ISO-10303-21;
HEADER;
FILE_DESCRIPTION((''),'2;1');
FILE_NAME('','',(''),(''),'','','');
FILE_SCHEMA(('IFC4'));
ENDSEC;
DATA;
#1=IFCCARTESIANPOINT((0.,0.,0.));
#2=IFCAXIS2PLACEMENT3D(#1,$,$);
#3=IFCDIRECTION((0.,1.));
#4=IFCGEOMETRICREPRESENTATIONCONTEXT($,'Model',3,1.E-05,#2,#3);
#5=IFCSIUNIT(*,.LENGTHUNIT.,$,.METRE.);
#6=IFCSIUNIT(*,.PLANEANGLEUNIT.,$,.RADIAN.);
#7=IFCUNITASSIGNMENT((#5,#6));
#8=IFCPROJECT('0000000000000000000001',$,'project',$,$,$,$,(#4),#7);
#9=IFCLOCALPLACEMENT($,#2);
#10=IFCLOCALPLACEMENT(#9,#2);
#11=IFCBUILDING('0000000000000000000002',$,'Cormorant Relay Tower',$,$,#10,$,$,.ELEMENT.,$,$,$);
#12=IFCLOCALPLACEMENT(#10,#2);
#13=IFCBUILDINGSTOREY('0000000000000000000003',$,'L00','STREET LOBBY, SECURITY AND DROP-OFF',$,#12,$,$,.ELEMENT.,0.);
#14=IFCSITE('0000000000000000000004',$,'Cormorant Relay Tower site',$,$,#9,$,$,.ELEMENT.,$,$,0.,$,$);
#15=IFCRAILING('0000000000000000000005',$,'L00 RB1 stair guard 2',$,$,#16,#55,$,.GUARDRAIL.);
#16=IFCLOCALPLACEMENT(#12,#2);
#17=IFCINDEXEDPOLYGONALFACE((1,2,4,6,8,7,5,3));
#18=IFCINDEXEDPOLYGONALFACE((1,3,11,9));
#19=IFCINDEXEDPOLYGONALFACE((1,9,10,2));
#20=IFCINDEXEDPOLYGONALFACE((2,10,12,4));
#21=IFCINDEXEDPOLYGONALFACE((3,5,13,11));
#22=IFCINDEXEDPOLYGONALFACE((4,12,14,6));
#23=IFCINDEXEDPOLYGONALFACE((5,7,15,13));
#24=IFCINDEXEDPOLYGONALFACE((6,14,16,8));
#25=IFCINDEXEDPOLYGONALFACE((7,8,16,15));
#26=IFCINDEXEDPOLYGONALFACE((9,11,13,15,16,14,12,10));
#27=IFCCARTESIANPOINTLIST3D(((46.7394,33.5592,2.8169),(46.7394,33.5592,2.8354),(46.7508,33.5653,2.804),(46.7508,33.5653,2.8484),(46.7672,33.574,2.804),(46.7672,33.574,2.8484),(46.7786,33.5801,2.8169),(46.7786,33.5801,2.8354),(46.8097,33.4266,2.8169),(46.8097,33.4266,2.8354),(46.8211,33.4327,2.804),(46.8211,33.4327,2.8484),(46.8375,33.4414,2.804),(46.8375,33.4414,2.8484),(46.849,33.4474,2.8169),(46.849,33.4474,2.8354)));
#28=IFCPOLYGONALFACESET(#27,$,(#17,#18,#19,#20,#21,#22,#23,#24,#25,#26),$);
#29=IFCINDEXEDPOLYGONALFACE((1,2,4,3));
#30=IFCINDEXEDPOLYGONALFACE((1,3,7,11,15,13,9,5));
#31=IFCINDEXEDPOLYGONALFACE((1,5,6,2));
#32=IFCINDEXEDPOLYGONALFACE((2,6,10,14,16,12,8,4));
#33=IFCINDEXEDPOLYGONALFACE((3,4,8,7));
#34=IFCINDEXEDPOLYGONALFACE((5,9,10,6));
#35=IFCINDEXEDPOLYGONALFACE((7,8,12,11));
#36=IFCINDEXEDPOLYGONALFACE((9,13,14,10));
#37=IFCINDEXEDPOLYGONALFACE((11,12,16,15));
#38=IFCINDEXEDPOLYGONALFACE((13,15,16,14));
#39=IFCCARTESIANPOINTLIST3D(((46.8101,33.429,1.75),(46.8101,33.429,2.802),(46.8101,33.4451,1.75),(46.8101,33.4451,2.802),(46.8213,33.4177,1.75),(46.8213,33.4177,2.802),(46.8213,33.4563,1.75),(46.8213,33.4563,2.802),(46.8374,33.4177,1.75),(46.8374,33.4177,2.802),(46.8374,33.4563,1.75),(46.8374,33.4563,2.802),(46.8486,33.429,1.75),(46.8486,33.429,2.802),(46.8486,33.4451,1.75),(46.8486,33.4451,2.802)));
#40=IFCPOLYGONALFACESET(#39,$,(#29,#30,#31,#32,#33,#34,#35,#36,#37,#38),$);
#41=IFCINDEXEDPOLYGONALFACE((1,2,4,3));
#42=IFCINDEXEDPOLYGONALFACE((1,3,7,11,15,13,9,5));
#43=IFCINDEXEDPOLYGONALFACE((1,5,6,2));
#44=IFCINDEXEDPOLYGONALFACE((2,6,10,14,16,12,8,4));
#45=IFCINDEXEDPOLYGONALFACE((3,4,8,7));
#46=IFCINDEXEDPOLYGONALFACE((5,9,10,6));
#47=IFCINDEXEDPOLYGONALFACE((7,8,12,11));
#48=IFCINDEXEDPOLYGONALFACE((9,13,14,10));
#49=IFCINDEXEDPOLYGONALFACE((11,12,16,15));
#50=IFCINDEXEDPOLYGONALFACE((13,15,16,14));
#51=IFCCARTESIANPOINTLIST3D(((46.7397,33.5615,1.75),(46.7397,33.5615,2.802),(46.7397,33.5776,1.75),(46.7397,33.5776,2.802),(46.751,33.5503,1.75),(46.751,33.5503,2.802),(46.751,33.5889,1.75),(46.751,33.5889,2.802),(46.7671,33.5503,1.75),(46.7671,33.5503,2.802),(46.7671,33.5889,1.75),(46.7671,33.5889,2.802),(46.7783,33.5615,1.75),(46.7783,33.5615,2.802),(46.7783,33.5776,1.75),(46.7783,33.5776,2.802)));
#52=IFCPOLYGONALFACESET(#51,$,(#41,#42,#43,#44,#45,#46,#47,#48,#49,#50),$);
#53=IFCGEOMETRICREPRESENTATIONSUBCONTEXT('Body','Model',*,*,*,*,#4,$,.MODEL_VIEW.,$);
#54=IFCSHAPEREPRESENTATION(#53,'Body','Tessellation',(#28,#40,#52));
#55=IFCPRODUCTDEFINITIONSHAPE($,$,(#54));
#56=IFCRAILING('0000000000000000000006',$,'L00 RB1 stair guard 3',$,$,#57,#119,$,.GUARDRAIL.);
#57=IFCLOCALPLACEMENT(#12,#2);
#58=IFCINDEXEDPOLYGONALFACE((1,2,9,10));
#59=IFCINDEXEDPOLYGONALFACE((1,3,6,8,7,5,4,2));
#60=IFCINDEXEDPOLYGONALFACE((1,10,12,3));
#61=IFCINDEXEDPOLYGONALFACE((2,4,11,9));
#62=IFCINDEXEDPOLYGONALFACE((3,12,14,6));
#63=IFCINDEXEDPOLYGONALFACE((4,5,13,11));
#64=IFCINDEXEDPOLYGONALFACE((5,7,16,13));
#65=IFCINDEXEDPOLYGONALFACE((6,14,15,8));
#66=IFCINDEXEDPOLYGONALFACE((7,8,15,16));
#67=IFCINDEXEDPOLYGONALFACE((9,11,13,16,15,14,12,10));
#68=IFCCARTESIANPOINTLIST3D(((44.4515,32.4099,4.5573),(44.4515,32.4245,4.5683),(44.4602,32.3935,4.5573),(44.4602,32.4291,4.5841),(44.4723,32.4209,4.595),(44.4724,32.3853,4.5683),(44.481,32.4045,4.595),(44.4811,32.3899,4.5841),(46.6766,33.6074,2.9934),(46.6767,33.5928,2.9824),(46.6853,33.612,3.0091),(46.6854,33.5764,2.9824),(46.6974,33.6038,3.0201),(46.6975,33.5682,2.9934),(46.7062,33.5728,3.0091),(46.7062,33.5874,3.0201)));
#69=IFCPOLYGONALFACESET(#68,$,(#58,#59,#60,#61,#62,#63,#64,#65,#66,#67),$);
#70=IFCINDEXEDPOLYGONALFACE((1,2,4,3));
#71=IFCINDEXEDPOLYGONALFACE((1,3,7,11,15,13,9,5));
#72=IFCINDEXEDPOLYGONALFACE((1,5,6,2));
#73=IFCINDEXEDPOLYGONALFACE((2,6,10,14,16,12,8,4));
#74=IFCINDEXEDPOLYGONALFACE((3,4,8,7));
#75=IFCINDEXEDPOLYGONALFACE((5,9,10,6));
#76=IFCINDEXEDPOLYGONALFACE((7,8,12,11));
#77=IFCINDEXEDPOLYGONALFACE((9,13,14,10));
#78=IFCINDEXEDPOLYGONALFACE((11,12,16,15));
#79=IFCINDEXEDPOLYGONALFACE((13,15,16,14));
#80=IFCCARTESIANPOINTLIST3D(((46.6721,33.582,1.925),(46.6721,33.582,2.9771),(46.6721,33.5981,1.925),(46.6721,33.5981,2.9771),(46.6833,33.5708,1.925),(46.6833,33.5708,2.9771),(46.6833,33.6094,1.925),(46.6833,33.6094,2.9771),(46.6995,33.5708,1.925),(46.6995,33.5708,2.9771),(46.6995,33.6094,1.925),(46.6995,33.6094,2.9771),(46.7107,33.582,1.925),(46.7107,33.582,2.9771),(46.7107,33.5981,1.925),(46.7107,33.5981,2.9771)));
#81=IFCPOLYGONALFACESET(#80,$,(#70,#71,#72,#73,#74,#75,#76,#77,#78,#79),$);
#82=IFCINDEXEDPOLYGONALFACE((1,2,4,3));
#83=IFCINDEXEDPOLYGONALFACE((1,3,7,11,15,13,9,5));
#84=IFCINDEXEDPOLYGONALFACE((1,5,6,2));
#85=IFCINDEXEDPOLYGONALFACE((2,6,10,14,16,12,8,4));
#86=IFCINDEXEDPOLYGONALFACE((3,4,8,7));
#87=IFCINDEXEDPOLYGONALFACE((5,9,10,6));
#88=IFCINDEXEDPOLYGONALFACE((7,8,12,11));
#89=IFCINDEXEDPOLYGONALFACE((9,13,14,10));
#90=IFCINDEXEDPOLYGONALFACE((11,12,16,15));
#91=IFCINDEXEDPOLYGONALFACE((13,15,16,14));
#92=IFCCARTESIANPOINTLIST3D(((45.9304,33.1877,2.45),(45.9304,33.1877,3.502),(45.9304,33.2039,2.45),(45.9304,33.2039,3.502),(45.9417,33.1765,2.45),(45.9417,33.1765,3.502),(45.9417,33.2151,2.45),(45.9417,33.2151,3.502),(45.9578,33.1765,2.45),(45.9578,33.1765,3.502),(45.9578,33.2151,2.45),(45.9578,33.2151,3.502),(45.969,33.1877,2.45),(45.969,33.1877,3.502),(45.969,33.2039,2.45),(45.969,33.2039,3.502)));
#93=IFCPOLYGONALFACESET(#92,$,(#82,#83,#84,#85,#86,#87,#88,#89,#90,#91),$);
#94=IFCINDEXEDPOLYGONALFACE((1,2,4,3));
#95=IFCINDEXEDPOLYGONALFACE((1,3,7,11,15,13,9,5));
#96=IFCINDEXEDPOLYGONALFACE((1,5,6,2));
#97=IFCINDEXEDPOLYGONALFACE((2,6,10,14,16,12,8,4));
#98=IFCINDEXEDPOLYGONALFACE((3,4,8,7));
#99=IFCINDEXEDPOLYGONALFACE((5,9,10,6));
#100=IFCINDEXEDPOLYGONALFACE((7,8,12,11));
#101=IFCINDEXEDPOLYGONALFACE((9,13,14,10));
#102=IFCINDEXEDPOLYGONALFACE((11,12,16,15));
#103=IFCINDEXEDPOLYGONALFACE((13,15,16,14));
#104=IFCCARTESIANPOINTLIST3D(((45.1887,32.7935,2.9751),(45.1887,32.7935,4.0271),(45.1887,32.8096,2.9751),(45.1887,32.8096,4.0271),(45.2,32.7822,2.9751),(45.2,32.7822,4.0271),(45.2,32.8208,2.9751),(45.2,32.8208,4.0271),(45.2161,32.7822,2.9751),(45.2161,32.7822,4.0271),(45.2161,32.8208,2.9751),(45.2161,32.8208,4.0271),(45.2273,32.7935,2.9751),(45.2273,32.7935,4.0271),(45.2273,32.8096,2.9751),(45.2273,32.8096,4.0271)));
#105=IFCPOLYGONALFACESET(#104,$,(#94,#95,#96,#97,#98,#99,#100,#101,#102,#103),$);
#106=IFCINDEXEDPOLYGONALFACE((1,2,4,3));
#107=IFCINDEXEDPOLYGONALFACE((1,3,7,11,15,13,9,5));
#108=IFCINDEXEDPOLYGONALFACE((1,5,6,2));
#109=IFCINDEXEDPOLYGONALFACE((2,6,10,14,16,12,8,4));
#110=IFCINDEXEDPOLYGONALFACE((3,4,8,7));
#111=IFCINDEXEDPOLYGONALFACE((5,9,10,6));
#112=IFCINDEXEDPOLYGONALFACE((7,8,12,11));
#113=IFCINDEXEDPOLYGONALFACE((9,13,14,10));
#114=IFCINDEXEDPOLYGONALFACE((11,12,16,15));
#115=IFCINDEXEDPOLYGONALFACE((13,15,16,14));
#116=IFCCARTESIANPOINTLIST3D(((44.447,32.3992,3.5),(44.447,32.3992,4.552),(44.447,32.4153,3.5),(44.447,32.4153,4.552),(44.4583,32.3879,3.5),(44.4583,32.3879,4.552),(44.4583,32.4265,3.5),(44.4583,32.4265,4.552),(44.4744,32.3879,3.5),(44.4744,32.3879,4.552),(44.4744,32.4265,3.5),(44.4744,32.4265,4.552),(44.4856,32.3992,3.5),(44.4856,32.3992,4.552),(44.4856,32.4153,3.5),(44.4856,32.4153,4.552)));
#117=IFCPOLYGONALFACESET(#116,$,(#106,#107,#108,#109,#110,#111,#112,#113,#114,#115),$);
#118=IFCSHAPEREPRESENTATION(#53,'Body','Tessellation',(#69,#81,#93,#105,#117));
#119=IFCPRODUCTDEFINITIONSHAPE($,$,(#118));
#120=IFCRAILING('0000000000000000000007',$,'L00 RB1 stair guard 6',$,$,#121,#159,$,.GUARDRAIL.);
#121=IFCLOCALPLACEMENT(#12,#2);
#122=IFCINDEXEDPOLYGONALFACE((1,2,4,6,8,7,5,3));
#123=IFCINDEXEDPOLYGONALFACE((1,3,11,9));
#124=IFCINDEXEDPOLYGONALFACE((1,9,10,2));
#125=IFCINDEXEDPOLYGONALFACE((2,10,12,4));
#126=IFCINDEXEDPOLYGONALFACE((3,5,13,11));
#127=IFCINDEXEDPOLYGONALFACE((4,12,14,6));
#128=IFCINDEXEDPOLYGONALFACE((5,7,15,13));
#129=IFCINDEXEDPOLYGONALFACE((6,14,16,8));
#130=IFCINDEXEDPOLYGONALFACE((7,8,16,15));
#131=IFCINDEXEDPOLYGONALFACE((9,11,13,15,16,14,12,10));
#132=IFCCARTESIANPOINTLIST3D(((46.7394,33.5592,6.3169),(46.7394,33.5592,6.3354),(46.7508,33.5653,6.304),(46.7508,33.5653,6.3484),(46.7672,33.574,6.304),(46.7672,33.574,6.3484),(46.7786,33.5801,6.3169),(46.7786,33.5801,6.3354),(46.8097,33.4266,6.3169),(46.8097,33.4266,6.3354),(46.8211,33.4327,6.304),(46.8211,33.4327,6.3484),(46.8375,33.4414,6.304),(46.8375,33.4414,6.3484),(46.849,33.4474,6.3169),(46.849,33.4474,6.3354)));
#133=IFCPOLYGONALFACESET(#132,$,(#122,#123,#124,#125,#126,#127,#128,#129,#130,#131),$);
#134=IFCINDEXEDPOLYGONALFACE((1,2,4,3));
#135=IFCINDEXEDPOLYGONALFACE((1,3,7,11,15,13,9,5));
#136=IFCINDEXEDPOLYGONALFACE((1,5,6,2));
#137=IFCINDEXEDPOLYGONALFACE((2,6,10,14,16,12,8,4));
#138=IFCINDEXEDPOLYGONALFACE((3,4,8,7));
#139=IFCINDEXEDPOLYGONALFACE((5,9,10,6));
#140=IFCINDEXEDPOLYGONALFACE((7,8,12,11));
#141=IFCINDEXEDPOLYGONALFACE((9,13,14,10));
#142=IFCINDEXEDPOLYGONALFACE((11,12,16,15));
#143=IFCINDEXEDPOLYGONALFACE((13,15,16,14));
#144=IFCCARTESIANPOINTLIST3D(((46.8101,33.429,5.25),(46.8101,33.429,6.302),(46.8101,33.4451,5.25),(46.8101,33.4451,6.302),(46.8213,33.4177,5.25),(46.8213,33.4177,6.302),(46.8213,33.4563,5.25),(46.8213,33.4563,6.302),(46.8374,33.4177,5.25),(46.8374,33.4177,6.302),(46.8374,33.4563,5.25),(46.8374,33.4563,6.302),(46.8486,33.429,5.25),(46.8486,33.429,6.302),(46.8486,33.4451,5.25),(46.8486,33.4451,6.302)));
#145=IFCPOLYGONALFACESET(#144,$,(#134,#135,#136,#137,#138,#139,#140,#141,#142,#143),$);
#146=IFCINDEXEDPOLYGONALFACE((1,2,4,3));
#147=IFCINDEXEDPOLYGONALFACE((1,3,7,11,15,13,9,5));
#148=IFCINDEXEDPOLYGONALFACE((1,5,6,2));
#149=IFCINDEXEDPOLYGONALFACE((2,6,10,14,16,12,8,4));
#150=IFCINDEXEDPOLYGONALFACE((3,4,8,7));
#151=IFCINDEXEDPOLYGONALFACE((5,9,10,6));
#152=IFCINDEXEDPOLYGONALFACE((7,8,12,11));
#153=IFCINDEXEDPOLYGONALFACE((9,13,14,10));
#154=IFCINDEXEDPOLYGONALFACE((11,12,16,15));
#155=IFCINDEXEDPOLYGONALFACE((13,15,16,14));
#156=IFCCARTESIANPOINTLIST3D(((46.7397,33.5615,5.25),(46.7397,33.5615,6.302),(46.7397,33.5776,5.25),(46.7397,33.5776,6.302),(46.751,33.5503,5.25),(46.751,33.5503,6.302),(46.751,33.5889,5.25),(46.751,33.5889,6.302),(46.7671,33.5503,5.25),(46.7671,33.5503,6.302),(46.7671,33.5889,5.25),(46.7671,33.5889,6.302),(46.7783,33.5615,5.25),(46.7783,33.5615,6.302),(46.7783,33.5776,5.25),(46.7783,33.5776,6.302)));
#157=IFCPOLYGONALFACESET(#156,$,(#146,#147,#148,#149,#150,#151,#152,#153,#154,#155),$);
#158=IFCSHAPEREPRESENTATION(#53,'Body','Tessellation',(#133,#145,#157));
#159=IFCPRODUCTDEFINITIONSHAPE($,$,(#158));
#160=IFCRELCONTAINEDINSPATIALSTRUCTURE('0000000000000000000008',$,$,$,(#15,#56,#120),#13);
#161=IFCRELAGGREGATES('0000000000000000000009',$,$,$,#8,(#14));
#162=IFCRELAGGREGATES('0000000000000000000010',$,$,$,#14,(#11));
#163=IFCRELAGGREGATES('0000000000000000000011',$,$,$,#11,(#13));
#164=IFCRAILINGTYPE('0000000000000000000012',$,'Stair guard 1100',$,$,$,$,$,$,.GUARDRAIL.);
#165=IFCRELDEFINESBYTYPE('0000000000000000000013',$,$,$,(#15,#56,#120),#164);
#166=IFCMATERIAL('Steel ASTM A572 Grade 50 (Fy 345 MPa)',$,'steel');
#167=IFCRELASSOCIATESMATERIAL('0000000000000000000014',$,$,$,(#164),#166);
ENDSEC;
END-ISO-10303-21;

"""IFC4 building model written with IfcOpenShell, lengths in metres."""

from ifc_helpers import new_model, si_unit, direction, frame, origin, place, context, subcontext, project, spatial, polyline, outline, extrude, material, type_object, element, save


model = new_model("IFC4")

# Units and contexts
model_context = context("Model", 3, precision=1e-05, world=origin(), true_north=direction((0.0, 1.0)))
body_context = subcontext(model_context, "Body", "Model", "MODEL_VIEW")
ifc_project = project(units=[si_unit("LENGTHUNIT", "METRE"), si_unit("PLANEANGLEUNIT", "RADIAN")], contexts=[model_context])

# Site, building, storey
site_placement = place(None, origin())
site = spatial("IfcSite", under=ifc_project, at=site_placement, Name="Cormorant Relay Tower site", CompositionType="ELEMENT", RefElevation=0.0)
building_placement = place(site_placement, origin())
building = spatial("IfcBuilding", under=site, at=building_placement, Name="Cormorant Relay Tower", CompositionType="ELEMENT")
storey_placement = place(building_placement, origin())
storey = spatial("IfcBuildingStorey", under=building, at=storey_placement, Name="L00", Description="STREET LOBBY, SECURITY AND DROP-OFF", CompositionType="ELEMENT", Elevation=0.0)

# Railings
ifc_material_1 = material(Name="Steel ASTM A572 Grade 50 (Fy 345 MPa)", Category="steel")
railing_type_1 = type_object("IfcRailingType", Name="Stair guard 1100", PredefinedType="GUARDRAIL", material=ifc_material_1)
railing_1_placement = place(storey_placement, frame((46.8293, 33.437, 1.75)))
element("IfcRailing", 1, at=railing_1_placement, inside=storey, type_object=railing_type_1, Name="L00 RB1 stair guard 2", PredefinedType="GUARDRAIL", context=body_context, shape_type="SweptSolid", body=[
    extrude(outline(polyline([(0.0222, 0.0093), (0.0093, 0.0222), (-0.0093, 0.0222), (-0.0222, 0.0093), (-0.0222, -0.0093), (-0.0093, -0.0222), (0.0093, -0.0222), (0.0222, -0.0093), (0.0222, 0.0093)])), frame((0.0, 0.0, 1.0762), z_axis=(-0.46856, 0.883431, 0.0), x_axis=(-0.883431, -0.46856, 0.0)), (0.0, 0.0, 1.0), 0.1501),
    extrude(outline(polyline([(0.0193, 0.0081), (0.0081, 0.0193), (-0.0081, 0.0193), (-0.0193, 0.0081), (-0.0193, -0.0081), (-0.0081, -0.0193), (0.0081, -0.0193), (0.0193, -0.0081), (0.0193, 0.0081)])), origin(), (0.0, 0.0, 1.0), 1.052),
    extrude(outline(polyline([(0.0193, 0.0081), (0.0081, 0.0193), (-0.0081, 0.0193), (-0.0193, 0.0081), (-0.0193, -0.0081), (-0.0081, -0.0193), (0.0081, -0.0193), (0.0193, -0.0081), (0.0193, 0.0081)])), frame((-0.0703, 0.1326, 0.0)), (0.0, 0.0, 1.0), 1.052),
])
railing_2_placement = place(storey_placement, frame((46.6914, 33.5901, 1.925)))
element("IfcRailing", 2, at=railing_2_placement, inside=storey, type_object=railing_type_1, Name="L00 RB1 stair guard 3", PredefinedType="GUARDRAIL", context=body_context, shape_type="SweptSolid", body=[
    extrude(outline(polyline([(0.0222, 0.0093), (0.0093, 0.0222), (-0.0093, 0.0222), (-0.0222, 0.0093), (-0.0222, -0.0093), (-0.0093, -0.0222), (0.0093, -0.0222), (0.0222, -0.0093), (0.0222, 0.0093)])), frame((0.0, 0.0, 1.0762), z_axis=(-0.748776, -0.398049, 0.529993), x_axis=(0.469396, -0.882988, 0.0)), (0.0, 0.0, 1.0), 2.9717),
    extrude(outline(polyline([(0.0193, 0.0081), (0.0081, 0.0193), (-0.0081, 0.0193), (-0.0193, 0.0081), (-0.0193, -0.0081), (-0.0081, -0.0193), (0.0081, -0.0193), (0.0193, -0.0081), (0.0193, 0.0081)])), origin(), (0.0, 0.0, 1.0), 1.052),
    extrude(outline(polyline([(0.0193, 0.0081), (0.0081, 0.0193), (-0.0081, 0.0193), (-0.0193, 0.0081), (-0.0193, -0.0081), (-0.0081, -0.0193), (0.0081, -0.0193), (0.0193, -0.0081), (0.0193, 0.0081)])), frame((-0.7417, -0.3943, 0.5249)), (0.0, 0.0, 1.0), 1.052),
    extrude(outline(polyline([(0.0193, 0.0081), (0.0081, 0.0193), (-0.0081, 0.0193), (-0.0193, 0.0081), (-0.0193, -0.0081), (-0.0081, -0.0193), (0.0081, -0.0193), (0.0193, -0.0081), (0.0193, 0.0081)])), frame((-1.4834, -0.7886, 1.05)), (0.0, 0.0, 1.0), 1.052),
    extrude(outline(polyline([(0.0193, 0.0081), (0.0081, 0.0193), (-0.0081, 0.0193), (-0.0193, 0.0081), (-0.0193, -0.0081), (-0.0081, -0.0193), (0.0081, -0.0193), (0.0193, -0.0081), (0.0193, 0.0081)])), frame((-2.2251, -1.1829, 1.575)), (0.0, 0.0, 1.0), 1.052),
])
railing_3_placement = place(storey_placement, frame((46.8293, 33.437, 5.25)))
element("IfcRailing", 3, at=railing_3_placement, inside=storey, type_object=railing_type_1, Name="L00 RB1 stair guard 6", PredefinedType="GUARDRAIL", context=body_context, shape_type="SweptSolid", body=[
    extrude(outline(polyline([(0.0222, 0.0093), (0.0093, 0.0222), (-0.0093, 0.0222), (-0.0222, 0.0093), (-0.0222, -0.0093), (-0.0093, -0.0222), (0.0093, -0.0222), (0.0222, -0.0093), (0.0222, 0.0093)])), frame((0.0, 0.0, 1.0762), z_axis=(-0.46856, 0.883431, 0.0), x_axis=(-0.883431, -0.46856, 0.0)), (0.0, 0.0, 1.0), 0.1501),
    extrude(outline(polyline([(0.0193, 0.0081), (0.0081, 0.0193), (-0.0081, 0.0193), (-0.0193, 0.0081), (-0.0193, -0.0081), (-0.0081, -0.0193), (0.0081, -0.0193), (0.0193, -0.0081), (0.0193, 0.0081)])), origin(), (0.0, 0.0, 1.0), 1.052),
    extrude(outline(polyline([(0.0193, 0.0081), (0.0081, 0.0193), (-0.0081, 0.0193), (-0.0193, 0.0081), (-0.0193, -0.0081), (-0.0081, -0.0193), (0.0081, -0.0193), (0.0193, -0.0081), (0.0193, 0.0081)])), frame((-0.0703, 0.1326, 0.0)), (0.0, 0.0, 1.0), 1.052),
])

save(model, "model.ifc")
